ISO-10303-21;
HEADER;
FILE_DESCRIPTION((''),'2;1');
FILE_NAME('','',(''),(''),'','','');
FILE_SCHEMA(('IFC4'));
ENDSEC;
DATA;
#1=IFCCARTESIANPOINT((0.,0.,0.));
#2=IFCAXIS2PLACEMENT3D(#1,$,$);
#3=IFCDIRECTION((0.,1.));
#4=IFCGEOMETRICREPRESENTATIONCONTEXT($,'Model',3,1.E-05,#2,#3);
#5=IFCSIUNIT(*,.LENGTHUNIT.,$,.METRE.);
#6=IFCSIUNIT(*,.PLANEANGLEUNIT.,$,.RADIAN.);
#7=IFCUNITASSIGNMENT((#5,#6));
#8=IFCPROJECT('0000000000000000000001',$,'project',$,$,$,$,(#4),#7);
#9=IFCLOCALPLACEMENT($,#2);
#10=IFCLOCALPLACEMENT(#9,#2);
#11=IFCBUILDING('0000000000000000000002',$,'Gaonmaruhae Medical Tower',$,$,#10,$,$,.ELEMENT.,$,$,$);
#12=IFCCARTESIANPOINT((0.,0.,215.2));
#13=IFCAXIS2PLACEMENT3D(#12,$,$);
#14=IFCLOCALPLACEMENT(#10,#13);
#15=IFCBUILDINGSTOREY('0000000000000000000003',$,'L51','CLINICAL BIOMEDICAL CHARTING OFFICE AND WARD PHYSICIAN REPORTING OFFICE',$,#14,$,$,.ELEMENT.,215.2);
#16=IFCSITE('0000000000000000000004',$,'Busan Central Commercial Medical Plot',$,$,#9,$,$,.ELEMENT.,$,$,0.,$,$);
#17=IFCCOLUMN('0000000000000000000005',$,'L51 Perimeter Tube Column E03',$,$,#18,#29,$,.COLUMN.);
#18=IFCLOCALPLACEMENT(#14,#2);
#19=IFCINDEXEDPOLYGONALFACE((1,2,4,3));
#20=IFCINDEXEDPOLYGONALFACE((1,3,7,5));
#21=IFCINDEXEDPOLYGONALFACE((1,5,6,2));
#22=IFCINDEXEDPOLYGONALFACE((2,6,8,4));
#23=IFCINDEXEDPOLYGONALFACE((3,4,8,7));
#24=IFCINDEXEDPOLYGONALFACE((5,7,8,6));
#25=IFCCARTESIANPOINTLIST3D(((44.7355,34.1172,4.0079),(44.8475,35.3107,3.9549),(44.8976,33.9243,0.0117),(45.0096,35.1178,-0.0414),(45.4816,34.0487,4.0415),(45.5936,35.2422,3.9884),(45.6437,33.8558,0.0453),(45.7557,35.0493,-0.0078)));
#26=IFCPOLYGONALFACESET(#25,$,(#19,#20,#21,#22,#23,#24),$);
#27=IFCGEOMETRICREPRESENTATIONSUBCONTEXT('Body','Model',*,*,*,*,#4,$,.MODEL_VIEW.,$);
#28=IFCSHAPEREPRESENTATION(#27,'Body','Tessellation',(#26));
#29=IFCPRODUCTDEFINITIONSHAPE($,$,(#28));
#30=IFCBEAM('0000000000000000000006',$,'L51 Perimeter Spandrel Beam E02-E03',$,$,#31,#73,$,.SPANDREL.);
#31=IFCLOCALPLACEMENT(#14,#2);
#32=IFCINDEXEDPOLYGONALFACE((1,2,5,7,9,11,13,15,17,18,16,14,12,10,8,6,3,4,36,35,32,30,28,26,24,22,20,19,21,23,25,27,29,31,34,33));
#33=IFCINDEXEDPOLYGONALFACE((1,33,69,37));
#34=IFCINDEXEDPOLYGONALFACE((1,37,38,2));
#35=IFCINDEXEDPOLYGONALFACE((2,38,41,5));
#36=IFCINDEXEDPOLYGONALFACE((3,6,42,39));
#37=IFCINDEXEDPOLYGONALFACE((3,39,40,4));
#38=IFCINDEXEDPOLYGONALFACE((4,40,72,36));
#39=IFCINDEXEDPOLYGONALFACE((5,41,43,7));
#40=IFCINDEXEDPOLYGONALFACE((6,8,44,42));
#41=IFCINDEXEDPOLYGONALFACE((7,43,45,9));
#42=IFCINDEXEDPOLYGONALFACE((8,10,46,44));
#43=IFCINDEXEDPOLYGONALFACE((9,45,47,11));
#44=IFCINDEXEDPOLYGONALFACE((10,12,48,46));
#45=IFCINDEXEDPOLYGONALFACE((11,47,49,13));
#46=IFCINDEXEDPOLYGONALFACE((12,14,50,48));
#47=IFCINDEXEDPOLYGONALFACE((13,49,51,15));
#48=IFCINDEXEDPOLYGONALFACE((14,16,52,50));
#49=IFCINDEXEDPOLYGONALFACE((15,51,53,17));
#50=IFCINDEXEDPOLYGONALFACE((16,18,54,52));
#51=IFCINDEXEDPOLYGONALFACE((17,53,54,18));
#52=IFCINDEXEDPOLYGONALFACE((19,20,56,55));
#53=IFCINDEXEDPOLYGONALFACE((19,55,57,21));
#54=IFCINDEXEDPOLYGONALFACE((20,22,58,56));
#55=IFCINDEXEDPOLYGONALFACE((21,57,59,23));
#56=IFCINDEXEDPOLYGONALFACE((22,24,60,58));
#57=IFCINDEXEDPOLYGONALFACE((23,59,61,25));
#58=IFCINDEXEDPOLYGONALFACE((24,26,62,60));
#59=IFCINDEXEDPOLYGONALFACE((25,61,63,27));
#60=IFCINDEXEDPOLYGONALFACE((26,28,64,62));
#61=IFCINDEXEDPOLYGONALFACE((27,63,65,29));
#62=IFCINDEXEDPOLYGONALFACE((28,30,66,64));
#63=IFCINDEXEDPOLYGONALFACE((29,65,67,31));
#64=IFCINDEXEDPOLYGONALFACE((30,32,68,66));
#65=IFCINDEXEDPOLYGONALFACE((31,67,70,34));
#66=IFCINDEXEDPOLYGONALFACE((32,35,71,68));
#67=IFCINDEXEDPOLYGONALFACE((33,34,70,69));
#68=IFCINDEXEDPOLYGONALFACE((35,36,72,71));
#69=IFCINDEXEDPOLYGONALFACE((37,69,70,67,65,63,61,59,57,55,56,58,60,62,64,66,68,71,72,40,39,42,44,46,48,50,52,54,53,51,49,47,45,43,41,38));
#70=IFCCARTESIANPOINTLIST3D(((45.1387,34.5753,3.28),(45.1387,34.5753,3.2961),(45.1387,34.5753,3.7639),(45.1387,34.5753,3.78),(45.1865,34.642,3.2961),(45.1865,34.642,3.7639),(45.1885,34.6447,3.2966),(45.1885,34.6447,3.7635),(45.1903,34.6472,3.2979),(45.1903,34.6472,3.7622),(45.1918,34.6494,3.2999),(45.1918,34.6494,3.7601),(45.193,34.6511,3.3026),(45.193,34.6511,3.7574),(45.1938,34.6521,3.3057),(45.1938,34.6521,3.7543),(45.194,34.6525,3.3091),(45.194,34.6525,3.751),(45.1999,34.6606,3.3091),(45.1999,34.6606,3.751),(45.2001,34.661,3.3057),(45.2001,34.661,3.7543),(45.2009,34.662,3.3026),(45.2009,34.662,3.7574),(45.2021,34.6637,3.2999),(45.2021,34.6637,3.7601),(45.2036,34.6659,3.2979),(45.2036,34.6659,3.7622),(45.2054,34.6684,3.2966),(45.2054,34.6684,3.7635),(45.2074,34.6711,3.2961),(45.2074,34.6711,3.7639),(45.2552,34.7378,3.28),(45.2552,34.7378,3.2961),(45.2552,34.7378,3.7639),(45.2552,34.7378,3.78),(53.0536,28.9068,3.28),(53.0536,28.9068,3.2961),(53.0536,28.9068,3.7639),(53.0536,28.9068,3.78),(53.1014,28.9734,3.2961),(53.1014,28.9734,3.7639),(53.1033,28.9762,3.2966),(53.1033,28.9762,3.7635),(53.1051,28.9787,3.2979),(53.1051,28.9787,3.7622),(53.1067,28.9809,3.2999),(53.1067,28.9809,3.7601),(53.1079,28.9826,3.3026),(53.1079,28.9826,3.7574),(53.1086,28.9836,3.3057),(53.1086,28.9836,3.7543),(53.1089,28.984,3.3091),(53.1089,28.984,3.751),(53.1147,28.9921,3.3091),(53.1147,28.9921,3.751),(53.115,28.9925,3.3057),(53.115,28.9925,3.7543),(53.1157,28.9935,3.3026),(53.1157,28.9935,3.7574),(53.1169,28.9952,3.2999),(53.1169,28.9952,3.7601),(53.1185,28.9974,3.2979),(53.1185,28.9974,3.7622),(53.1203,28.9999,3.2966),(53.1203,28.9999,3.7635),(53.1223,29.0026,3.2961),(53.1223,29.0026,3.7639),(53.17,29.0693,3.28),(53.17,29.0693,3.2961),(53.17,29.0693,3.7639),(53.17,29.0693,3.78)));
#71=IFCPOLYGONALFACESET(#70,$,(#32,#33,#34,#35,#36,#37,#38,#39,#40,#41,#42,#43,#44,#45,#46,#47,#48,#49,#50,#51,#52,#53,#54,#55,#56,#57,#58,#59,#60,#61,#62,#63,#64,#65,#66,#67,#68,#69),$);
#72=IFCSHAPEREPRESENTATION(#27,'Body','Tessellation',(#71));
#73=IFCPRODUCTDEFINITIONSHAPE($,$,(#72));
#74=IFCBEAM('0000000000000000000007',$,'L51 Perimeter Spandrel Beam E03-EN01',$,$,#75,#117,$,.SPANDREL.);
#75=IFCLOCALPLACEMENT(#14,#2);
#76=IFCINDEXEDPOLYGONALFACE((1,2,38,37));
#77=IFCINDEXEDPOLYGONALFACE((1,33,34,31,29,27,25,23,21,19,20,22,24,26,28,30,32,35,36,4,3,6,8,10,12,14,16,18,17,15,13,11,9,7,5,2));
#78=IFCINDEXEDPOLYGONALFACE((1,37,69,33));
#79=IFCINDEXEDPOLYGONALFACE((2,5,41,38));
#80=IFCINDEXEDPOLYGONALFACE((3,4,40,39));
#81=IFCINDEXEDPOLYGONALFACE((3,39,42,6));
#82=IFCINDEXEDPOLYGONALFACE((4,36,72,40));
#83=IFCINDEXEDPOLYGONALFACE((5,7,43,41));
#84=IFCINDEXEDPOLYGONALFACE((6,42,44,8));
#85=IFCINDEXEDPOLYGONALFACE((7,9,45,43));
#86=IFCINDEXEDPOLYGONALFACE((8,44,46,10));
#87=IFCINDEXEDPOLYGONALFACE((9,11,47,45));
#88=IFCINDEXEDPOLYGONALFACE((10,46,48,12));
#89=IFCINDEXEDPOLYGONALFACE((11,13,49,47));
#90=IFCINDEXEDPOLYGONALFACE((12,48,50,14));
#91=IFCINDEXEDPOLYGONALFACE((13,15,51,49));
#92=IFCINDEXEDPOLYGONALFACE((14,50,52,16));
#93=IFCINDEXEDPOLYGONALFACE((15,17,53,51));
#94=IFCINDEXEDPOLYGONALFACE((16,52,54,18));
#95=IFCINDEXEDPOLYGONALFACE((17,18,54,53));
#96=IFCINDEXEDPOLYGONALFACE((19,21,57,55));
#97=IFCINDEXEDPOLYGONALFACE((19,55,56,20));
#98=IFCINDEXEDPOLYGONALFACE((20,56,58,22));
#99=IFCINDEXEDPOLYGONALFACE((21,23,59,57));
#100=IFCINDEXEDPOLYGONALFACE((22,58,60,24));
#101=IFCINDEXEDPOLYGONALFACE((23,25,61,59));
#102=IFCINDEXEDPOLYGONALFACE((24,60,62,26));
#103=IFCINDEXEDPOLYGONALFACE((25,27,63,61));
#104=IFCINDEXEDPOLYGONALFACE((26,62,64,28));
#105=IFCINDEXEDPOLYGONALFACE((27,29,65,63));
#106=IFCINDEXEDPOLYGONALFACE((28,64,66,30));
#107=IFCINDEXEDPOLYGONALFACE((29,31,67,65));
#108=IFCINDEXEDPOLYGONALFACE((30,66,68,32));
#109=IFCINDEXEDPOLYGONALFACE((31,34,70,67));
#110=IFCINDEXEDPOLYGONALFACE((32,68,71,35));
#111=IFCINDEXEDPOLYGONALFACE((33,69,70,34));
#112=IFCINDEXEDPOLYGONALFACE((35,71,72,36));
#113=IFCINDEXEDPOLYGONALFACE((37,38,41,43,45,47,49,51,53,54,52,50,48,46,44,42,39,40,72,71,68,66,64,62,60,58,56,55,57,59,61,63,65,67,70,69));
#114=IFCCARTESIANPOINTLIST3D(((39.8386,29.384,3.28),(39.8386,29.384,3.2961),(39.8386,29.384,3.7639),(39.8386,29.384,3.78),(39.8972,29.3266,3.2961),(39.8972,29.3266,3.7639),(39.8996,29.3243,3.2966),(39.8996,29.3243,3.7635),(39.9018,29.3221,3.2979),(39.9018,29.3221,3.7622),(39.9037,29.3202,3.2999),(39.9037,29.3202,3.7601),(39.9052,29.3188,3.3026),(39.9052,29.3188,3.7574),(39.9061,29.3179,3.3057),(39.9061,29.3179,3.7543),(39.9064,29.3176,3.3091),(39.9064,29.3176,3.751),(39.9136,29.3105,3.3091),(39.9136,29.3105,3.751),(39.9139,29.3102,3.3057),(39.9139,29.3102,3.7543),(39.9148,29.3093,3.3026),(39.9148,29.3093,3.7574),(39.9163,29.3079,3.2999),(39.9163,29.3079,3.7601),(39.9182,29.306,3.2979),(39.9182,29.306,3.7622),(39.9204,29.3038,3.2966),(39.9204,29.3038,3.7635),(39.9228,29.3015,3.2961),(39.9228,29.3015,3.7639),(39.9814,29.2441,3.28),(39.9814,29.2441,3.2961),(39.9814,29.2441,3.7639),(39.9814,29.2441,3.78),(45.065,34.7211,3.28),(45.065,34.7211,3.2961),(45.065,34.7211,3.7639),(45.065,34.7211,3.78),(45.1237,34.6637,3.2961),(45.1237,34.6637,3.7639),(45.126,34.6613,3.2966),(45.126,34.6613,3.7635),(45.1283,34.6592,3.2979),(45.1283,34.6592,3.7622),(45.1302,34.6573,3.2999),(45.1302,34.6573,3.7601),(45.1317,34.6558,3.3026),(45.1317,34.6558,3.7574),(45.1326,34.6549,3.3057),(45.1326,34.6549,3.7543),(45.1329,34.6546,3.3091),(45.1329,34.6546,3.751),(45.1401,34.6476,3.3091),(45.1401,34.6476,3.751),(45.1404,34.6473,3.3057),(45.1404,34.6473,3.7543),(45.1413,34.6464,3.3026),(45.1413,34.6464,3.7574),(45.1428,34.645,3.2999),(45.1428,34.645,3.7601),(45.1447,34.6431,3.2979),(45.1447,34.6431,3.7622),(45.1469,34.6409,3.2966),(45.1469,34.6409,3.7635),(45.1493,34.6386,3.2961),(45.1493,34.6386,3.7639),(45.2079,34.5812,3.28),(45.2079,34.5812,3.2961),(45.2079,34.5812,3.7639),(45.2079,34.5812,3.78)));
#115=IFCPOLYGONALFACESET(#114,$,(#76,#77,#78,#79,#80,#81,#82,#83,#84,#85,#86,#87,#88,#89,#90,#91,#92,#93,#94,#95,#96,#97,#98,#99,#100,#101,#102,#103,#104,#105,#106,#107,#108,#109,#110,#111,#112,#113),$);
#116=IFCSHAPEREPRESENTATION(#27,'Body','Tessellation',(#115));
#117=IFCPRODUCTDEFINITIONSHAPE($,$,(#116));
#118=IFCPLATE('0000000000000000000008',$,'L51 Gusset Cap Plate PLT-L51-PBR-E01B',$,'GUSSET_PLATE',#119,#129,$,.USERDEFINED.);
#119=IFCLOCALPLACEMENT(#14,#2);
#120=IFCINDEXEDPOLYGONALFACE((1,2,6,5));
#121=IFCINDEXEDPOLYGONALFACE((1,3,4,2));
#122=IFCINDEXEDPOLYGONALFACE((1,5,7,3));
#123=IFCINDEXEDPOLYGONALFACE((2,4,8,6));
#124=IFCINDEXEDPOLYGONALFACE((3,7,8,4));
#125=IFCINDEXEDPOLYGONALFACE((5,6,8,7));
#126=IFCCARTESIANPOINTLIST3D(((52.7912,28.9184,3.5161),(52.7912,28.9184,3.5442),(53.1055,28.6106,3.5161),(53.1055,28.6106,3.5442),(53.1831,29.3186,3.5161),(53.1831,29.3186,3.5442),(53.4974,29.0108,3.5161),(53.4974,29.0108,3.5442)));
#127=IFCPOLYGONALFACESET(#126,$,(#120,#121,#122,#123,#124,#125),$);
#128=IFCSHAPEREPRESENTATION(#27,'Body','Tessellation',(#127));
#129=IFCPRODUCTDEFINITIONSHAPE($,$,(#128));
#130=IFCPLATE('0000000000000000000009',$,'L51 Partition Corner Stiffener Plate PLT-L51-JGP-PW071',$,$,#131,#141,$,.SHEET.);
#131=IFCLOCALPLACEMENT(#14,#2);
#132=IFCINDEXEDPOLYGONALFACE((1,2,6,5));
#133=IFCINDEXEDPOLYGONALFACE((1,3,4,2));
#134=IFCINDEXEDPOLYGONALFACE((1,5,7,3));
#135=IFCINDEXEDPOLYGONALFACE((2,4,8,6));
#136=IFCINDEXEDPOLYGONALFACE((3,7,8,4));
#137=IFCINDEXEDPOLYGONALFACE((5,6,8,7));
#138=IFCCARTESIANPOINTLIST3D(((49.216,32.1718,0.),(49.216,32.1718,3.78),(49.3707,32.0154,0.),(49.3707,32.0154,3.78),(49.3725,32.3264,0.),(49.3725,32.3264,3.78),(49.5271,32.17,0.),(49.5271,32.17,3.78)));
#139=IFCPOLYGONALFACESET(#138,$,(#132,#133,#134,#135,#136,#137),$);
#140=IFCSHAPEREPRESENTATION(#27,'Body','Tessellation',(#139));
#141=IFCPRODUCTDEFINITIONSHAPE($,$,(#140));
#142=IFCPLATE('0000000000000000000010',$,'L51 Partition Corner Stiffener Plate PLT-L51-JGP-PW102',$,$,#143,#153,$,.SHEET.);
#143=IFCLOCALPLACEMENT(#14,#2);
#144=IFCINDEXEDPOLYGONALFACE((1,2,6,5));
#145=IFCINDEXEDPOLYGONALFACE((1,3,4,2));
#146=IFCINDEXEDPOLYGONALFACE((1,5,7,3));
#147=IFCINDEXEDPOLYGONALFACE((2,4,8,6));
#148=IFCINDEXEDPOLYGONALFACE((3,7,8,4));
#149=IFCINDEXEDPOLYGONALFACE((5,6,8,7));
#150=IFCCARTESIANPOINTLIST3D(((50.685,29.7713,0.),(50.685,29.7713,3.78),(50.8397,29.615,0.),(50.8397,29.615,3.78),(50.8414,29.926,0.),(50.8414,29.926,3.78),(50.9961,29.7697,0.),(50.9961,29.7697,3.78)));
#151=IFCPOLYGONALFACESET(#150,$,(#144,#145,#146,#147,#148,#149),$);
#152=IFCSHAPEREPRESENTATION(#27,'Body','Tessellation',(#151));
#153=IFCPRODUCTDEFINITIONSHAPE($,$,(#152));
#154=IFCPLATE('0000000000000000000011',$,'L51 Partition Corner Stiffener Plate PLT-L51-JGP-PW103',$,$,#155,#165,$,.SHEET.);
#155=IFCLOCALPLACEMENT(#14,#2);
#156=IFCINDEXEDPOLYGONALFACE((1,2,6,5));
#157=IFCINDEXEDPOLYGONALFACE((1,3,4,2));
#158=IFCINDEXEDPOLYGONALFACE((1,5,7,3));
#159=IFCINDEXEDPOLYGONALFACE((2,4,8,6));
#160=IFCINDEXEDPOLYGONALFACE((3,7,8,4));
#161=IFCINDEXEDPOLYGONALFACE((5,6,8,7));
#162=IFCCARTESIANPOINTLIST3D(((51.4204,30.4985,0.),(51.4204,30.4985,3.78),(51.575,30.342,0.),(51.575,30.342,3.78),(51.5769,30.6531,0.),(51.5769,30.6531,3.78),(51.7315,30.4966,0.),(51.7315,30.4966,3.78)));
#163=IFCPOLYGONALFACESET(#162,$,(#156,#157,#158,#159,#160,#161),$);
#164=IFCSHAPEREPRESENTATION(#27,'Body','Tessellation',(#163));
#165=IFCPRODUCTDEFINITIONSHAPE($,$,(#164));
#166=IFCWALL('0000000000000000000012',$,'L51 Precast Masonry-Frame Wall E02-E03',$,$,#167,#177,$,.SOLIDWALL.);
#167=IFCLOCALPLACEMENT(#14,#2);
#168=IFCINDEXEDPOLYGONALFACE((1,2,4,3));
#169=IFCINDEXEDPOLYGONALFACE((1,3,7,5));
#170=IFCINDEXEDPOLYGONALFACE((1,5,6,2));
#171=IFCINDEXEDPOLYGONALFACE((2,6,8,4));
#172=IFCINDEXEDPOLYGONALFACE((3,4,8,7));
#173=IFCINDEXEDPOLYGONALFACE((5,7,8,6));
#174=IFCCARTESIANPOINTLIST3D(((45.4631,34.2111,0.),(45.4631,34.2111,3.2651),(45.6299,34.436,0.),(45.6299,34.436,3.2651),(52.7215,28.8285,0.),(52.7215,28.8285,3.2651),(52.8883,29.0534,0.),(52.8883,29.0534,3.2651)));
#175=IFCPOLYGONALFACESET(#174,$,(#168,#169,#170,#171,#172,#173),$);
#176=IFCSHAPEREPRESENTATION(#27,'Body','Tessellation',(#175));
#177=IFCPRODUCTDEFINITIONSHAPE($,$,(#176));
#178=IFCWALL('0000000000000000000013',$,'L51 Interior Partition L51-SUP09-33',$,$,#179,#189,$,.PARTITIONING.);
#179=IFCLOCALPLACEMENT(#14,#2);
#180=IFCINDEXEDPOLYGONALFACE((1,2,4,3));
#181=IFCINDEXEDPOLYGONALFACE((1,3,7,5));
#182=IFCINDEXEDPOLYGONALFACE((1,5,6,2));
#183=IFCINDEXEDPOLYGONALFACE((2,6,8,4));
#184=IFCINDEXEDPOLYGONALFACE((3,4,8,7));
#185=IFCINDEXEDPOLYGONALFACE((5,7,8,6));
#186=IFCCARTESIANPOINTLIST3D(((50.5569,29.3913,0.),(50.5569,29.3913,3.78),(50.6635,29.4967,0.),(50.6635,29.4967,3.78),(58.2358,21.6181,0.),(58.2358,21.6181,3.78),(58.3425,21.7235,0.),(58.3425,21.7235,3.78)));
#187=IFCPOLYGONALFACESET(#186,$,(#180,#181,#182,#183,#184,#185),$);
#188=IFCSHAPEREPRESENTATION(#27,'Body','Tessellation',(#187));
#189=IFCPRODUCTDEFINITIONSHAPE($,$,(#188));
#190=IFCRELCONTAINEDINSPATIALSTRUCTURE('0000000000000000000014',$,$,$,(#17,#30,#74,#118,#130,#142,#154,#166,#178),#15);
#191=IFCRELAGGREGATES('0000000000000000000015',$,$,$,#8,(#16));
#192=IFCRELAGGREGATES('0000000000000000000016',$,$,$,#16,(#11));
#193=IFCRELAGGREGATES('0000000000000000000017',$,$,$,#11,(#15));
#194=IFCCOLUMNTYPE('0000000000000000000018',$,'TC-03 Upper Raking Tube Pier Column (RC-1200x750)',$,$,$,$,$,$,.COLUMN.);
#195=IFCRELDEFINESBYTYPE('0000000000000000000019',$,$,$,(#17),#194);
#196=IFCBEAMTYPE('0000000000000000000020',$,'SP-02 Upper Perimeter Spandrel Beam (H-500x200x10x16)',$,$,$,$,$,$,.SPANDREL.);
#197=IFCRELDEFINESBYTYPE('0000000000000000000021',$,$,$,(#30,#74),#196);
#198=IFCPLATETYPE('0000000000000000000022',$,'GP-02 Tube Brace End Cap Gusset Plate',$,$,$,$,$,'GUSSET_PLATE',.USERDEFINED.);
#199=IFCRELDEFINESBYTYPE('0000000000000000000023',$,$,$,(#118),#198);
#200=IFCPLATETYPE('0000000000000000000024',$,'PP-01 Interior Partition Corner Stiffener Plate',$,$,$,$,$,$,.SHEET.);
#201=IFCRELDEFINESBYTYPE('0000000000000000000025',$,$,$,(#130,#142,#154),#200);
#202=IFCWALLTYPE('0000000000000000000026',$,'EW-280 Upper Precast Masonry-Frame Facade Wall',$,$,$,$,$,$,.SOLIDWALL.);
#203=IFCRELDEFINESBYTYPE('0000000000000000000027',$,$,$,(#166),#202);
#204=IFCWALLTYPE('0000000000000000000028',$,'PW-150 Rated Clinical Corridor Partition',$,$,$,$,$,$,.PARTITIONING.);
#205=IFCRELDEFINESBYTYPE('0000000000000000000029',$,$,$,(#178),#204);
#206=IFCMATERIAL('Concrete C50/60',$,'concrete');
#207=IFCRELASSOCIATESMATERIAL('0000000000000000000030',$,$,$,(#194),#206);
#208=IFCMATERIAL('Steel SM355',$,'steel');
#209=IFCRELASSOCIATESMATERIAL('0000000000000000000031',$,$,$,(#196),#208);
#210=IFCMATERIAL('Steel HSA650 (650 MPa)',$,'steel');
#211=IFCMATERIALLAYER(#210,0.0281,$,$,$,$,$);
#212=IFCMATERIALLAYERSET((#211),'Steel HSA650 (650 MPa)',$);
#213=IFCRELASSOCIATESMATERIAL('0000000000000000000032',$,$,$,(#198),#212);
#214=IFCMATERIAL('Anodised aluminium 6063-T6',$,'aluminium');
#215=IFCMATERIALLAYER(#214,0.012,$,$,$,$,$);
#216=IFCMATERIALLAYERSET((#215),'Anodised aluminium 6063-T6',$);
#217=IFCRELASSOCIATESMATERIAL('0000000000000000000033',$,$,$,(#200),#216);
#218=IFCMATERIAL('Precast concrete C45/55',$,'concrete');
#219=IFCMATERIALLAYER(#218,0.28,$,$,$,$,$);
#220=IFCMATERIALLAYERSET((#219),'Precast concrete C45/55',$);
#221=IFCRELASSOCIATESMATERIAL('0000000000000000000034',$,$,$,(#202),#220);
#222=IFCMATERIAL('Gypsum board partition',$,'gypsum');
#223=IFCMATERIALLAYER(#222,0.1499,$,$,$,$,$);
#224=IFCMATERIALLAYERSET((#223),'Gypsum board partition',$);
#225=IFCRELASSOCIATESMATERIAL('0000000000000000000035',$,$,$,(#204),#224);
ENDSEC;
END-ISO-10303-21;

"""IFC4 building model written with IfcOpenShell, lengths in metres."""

from ifc_helpers import new_model, si_unit, direction, frame, frame_2d, origin, origin_2d, place, context, subcontext, project, spatial, rectangle, i_section, extrude, material, layer, layer_set, material_profile, profile_set, type_object, element, save


model = new_model("IFC4")

# Units and contexts
model_context = context("Model", 3, precision=1e-05, world=origin(), true_north=direction((0.0, 1.0)))
body_context = subcontext(model_context, "Body", "Model", "MODEL_VIEW")
ifc_project = project(units=[si_unit("LENGTHUNIT", "METRE"), si_unit("PLANEANGLEUNIT", "RADIAN")], contexts=[model_context])

# Site, building, storey
site_placement = place(None, origin())
site = spatial("IfcSite", under=ifc_project, at=site_placement, Name="Busan Central Commercial Medical Plot", CompositionType="ELEMENT", RefElevation=0.0)
building_placement = place(site_placement, origin())
building = spatial("IfcBuilding", under=site, at=building_placement, Name="Gaonmaruhae Medical Tower", CompositionType="ELEMENT")
storey_placement = place(building_placement, frame((0.0, 0.0, 215.2)))
storey = spatial("IfcBuildingStorey", under=building, at=storey_placement, Name="L51", Description="CLINICAL BIOMEDICAL CHARTING OFFICE AND WARD PHYSICIAN REPORTING OFFICE", CompositionType="ELEMENT", Elevation=215.2)

# Column
ifc_material_1 = material(Name="Concrete C50/60", Category="concrete")
ifc_material_profile_1 = material_profile(ifc_material_1, rectangle(XDim=1.2, YDim=0.75, at=origin_2d()), Name="RC-1200x750")
ifc_profile_set_1 = profile_set([ifc_material_profile_1], Name="Concrete C50/60")
column_type = type_object("IfcColumnType", Name="TC-03 Upper Raking Tube Pier Column (RC-1200x750)", PredefinedType="COLUMN", material=ifc_profile_set_1)
column_placement = place(storey_placement, frame((45.3267, 34.4868, 0.002), z_axis=(-0.040484, 0.048166, 0.998019), x_axis=(-0.093314, -0.994654, 0.044219)))
element("IfcColumn", 1, at=column_placement, inside=storey, type_object=column_type, Name="L51 Perimeter Tube Column E03", PredefinedType="COLUMN", context=body_context, shape_type="SweptSolid", body=[
    extrude(rectangle(XDim=1.2, YDim=0.75, at=origin_2d()), origin(), (0.0, 0.0, 1.0), 4.0042),
])

# Beams
ifc_material_2 = material(Name="Steel SM355", Category="steel")
ifc_material_profile_2 = material_profile(ifc_material_2, i_section(OverallWidth=0.2, OverallDepth=0.5, WebThickness=0.01, FlangeThickness=0.0161, FilletRadius=0.0129, at=origin_2d()), Name="H-500x200x10x16")
ifc_profile_set_2 = profile_set([ifc_material_profile_2], Name="Steel SM355")
beam_type = type_object("IfcBeamType", Name="SP-02 Upper Perimeter Spandrel Beam (H-500x200x10x16)", PredefinedType="SPANDREL", material=ifc_profile_set_2)
beam_1_placement = place(storey_placement, frame((53.1118, 28.988, 3.53), z_axis=(-0.813003, 0.58226, 0.0), x_axis=(-0.58226, -0.813003, 0.0)))
element("IfcBeam", 2, at=beam_1_placement, inside=storey, type_object=beam_type, Name="L51 Perimeter Spandrel Beam E02-E03", PredefinedType="SPANDREL", context=body_context, shape_type="SweptSolid", body=[
    extrude(i_section(OverallWidth=0.2, OverallDepth=0.5, WebThickness=0.01, FlangeThickness=0.0161, FilletRadius=0.0129, at=origin_2d()), origin(), (0.0, 0.0, 1.0), 9.7354),
])
beam_2_placement = place(storey_placement, frame((45.1365, 34.6511, 3.53), z_axis=(-0.699665, -0.714471, 0.0), x_axis=(0.714471, -0.699665, 0.0)))
element("IfcBeam", 3, at=beam_2_placement, inside=storey, type_object=beam_type, Name="L51 Perimeter Spandrel Beam E03-EN01", PredefinedType="SPANDREL", context=body_context, shape_type="SweptSolid", body=[
    extrude(i_section(OverallWidth=0.2, OverallDepth=0.5, WebThickness=0.01, FlangeThickness=0.0161, FilletRadius=0.0129, at=origin_2d()), origin(), (0.0, 0.0, 1.0), 7.47),
])

# Plates
ifc_material_3 = material(Name="Steel HSA650 (650 MPa)", Category="steel")
ifc_layer_1 = layer(ifc_material_3, 0.0281)
ifc_layer_set_1 = layer_set([ifc_layer_1], Name="Steel HSA650 (650 MPa)")
plate_type_1 = type_object("IfcPlateType", Name="GP-02 Tube Brace End Cap Gusset Plate", ElementType="GUSSET_PLATE", PredefinedType="USERDEFINED", material=ifc_layer_set_1)
plate_placement = place(storey_placement, frame((53.1443, 28.9646, 3.5161), z_axis=(0.0, 0.0, 1.0), x_axis=(0.699663, 0.714473, 0.0)))
element("IfcPlate", 4, at=plate_placement, inside=storey, type_object=plate_type_1, Name="L51 Gusset Cap Plate PLT-L51-PBR-E01B", ObjectType="GUSSET_PLATE", PredefinedType="USERDEFINED", context=body_context, shape_type="SweptSolid", body=[
    extrude(rectangle(XDim=0.5601, YDim=0.4399, at=origin_2d()), origin(), (0.0, 0.0, 1.0), 0.0281),
])
ifc_material_4 = material(Name="Anodised aluminium 6063-T6", Category="aluminium")
ifc_layer_2 = layer(ifc_material_4, 0.012)
ifc_layer_set_2 = layer_set([ifc_layer_2], Name="Anodised aluminium 6063-T6")
plate_type_2 = type_object("IfcPlateType", Name="PP-01 Interior Partition Corner Stiffener Plate", PredefinedType="SHEET", material=ifc_layer_set_2)
for number, where, z_axis, x_axis, name in (
    (5, (49.3716, 32.1709, 0.0), (0.0, 0.0, 1.0), (-0.711082, -0.703109, 0.0), "L51 Partition Corner Stiffener Plate PLT-L51-JGP-PW071"),
    (6, (50.8406, 29.7705, 0.0), (0.0, 0.0, 1.0), (0.71091, 0.703283, 0.0), "L51 Partition Corner Stiffener Plate PLT-L51-JGP-PW102"),
    (7, (51.5759, 30.4976, 0.0), (0.0, 0.0, 1.0), (0.711388, 0.702799, 0.0), "L51 Partition Corner Stiffener Plate PLT-L51-JGP-PW103"),
):
    element("IfcPlate", number, at=place(storey_placement, frame(where, z_axis=z_axis, x_axis=x_axis)), inside=storey, type_object=plate_type_2, Name=name, PredefinedType="SHEET", context=body_context, shape_type="SweptSolid", body=[
        extrude(rectangle(XDim=0.22, YDim=0.22, at=origin_2d()), origin(), (0.0, 0.0, 1.0), 3.78),
    ])

# Walls
ifc_material_5 = material(Name="Precast concrete C45/55", Category="concrete")
ifc_layer_3 = layer(ifc_material_5, 0.28)
ifc_layer_set_3 = layer_set([ifc_layer_3], Name="Precast concrete C45/55")
wall_type_1 = type_object("IfcWallType", Name="EW-280 Upper Precast Masonry-Frame Facade Wall", PredefinedType="SOLIDWALL", material=ifc_layer_set_3)
wall_1_placement = place(storey_placement, frame((45.5466, 34.3235, 0.0), z_axis=(0.0, 0.0, 1.0), x_axis=(0.803237, -0.59566, 0.0)))
element("IfcWall", 8, at=wall_1_placement, inside=storey, type_object=wall_type_1, Name="L51 Precast Masonry-Frame Wall E02-E03", PredefinedType="SOLIDWALL", context=body_context, shape_type="SweptSolid", body=[
    extrude(rectangle(XDim=9.0364, YDim=0.28, at=frame_2d((4.5181, 0.0))), origin(), (0.0, 0.0, 1.0), 3.2651),
])
ifc_material_6 = material(Name="Gypsum board partition", Category="gypsum")
ifc_layer_4 = layer(ifc_material_6, 0.1499)
ifc_layer_set_4 = layer_set([ifc_layer_4], Name="Gypsum board partition")
wall_type_2 = type_object("IfcWallType", Name="PW-150 Rated Clinical Corridor Partition", PredefinedType="PARTITIONING", material=ifc_layer_set_4)
wall_2_placement = place(storey_placement, frame((50.6101, 29.4441, 0.0), z_axis=(0.0, 0.0, 1.0), x_axis=(0.702781, -0.711406, 0.0)))
element("IfcWall", 9, at=wall_2_placement, inside=storey, type_object=wall_type_2, Name="L51 Interior Partition L51-SUP09-33", PredefinedType="PARTITIONING", context=body_context, shape_type="SweptSolid", body=[
    extrude(rectangle(XDim=10.9265, YDim=0.1499, at=frame_2d((5.4634, 0.0))), origin(), (0.0, 0.0, 1.0), 3.78),
])

save(model, "model.ifc")
